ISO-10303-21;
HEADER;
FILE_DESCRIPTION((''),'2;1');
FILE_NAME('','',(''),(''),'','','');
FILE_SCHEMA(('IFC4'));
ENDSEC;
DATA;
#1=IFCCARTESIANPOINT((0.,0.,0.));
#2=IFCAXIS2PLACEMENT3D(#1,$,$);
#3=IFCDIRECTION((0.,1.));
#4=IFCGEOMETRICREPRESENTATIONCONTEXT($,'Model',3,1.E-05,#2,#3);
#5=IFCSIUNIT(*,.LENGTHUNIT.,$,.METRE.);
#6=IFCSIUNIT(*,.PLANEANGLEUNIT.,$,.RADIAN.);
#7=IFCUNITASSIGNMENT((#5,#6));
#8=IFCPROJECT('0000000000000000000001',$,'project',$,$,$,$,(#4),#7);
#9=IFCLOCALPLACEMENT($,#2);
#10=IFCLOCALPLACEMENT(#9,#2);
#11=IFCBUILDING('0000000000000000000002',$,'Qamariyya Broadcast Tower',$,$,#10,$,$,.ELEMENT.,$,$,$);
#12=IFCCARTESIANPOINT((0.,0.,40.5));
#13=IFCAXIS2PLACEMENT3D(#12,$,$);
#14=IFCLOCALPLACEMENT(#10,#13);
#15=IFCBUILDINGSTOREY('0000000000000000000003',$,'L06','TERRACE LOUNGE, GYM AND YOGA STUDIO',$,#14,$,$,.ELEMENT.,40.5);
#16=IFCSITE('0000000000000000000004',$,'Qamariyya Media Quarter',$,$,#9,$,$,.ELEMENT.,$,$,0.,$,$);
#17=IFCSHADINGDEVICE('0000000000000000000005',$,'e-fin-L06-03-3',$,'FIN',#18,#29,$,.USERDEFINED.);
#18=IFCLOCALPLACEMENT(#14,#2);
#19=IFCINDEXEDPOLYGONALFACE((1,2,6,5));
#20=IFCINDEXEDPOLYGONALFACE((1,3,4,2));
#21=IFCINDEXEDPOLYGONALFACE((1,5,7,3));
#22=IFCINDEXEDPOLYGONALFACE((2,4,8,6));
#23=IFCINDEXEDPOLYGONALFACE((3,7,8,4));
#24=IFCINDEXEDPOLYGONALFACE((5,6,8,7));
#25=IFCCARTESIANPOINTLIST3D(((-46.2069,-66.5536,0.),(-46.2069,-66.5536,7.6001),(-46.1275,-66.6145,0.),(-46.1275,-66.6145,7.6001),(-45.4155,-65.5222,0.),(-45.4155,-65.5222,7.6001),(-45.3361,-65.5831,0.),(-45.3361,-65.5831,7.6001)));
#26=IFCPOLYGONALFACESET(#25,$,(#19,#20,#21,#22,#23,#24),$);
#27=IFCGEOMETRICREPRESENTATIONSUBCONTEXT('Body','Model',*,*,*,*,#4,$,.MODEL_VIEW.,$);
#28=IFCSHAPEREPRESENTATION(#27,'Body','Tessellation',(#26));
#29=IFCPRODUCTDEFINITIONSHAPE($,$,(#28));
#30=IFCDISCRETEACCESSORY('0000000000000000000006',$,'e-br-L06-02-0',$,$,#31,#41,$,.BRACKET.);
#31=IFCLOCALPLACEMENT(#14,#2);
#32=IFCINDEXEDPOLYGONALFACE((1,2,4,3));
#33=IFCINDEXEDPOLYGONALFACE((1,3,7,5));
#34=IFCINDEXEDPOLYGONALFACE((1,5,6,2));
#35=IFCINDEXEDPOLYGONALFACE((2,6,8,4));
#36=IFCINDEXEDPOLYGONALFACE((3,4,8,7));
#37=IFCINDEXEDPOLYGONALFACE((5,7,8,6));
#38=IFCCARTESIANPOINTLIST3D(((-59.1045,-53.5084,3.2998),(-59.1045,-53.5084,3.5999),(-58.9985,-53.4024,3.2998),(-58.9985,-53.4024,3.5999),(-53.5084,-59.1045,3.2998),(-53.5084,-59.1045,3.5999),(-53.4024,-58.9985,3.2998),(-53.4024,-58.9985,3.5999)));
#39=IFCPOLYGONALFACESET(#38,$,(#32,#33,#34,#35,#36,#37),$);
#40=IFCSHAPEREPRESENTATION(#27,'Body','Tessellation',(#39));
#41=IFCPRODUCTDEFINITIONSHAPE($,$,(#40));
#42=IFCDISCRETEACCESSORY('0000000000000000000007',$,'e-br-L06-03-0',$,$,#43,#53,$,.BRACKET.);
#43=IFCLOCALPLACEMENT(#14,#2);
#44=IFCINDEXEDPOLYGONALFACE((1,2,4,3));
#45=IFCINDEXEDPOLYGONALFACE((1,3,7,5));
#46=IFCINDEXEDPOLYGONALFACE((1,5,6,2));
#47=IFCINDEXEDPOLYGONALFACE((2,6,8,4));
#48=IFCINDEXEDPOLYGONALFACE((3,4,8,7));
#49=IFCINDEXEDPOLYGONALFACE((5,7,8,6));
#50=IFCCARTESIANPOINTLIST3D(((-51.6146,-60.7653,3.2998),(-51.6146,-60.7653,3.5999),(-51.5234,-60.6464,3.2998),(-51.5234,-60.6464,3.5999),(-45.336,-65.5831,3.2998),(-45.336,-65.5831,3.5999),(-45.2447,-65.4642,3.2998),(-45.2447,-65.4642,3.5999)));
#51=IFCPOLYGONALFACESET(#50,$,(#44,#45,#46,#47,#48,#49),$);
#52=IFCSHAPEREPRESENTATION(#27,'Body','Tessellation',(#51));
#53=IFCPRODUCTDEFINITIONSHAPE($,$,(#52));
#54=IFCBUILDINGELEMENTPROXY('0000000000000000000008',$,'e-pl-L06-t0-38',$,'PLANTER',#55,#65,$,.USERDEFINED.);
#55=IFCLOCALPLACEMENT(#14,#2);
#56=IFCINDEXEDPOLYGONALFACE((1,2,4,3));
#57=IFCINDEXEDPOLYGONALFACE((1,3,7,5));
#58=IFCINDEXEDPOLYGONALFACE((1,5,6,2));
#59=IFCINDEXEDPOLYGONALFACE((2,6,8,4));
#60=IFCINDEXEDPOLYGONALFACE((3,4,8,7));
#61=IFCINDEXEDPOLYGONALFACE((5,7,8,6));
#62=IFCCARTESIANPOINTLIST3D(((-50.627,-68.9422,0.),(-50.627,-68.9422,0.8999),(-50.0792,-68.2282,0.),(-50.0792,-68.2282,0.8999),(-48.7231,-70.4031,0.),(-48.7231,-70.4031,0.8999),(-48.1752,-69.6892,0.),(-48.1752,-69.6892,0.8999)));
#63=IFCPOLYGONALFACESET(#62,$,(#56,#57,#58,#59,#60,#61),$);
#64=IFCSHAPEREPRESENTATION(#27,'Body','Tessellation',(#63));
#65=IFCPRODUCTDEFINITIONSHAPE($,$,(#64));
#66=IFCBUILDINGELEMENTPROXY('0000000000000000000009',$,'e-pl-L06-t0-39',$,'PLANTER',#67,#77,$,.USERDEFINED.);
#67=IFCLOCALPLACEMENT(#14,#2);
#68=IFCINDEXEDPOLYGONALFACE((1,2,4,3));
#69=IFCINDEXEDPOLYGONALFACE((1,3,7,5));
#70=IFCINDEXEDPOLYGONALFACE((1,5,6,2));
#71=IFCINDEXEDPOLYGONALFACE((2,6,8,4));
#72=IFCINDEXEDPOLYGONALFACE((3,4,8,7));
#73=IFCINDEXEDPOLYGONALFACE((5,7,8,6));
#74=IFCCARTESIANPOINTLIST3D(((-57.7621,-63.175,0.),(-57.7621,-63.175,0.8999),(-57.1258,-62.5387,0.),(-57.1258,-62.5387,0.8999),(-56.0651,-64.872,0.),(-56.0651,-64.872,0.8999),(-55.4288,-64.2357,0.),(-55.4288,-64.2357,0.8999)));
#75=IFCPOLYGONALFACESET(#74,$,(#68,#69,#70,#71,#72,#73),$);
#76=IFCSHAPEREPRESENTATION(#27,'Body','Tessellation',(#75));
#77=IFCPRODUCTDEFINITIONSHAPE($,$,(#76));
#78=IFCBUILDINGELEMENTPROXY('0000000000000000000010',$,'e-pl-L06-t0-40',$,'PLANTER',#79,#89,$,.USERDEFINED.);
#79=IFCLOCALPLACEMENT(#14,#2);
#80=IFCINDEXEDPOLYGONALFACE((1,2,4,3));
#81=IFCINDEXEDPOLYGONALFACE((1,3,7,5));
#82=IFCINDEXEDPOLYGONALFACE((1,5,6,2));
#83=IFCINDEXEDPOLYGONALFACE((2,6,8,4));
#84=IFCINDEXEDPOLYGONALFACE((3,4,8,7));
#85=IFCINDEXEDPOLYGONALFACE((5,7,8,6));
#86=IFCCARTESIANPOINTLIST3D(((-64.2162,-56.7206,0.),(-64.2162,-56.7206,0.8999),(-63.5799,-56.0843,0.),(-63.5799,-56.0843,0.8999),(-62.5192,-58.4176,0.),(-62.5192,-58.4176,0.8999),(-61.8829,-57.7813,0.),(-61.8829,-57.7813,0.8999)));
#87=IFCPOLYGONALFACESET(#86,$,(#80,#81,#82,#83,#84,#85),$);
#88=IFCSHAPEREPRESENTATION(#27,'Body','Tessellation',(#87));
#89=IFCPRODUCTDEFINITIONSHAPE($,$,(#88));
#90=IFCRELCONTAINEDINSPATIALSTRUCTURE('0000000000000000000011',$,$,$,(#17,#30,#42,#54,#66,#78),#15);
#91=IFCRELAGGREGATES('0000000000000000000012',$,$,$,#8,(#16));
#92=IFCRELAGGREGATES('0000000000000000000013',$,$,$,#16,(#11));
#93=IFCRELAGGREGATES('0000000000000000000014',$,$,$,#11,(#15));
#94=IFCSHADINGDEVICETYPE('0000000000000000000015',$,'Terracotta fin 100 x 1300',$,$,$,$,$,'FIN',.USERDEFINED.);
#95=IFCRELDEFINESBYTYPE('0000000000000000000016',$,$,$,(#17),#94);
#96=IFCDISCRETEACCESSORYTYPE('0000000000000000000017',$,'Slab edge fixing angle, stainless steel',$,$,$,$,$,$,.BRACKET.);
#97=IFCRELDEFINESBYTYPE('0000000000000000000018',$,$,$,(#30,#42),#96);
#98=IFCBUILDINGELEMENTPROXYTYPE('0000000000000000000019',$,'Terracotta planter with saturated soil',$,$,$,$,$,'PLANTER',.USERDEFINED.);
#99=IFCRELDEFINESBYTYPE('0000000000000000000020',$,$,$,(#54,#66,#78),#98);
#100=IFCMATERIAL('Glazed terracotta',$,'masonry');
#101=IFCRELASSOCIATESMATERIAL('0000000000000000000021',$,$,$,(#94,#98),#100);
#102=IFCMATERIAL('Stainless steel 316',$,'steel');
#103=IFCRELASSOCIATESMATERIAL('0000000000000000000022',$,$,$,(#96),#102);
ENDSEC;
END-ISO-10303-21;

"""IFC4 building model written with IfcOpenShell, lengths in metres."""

from ifc_helpers import new_model, si_unit, direction, frame, origin, origin_2d, place, context, subcontext, project, spatial, rectangle, extrude, material, material_profile, profile_set, type_object, element, save


model = new_model("IFC4")

# Units and contexts
model_context = context("Model", 3, precision=1e-05, world=origin(), true_north=direction((0.0, 1.0)))
body_context = subcontext(model_context, "Body", "Model", "MODEL_VIEW")
ifc_project = project(units=[si_unit("LENGTHUNIT", "METRE"), si_unit("PLANEANGLEUNIT", "RADIAN")], contexts=[model_context])

# Site, building, storey
site_placement = place(None, origin())
site = spatial("IfcSite", under=ifc_project, at=site_placement, Name="Qamariyya Media Quarter", CompositionType="ELEMENT", RefElevation=0.0)
building_placement = place(site_placement, origin())
building = spatial("IfcBuilding", under=site, at=building_placement, Name="Qamariyya Broadcast Tower", CompositionType="ELEMENT")
storey_placement = place(building_placement, frame((0.0, 0.0, 40.5)))
storey = spatial("IfcBuildingStorey", under=building, at=storey_placement, Name="L06", Description="TERRACE LOUNGE, GYM AND YOGA STUDIO", CompositionType="ELEMENT", Elevation=40.5)

# Shading device
ifc_material_1 = material(Name="Glazed terracotta", Category="masonry")
ifc_material_profile_1 = material_profile(ifc_material_1, rectangle(XDim=1.3, YDim=0.1001, at=origin_2d()))
ifc_profile_set_1 = profile_set([ifc_material_profile_1], Name="Glazed terracotta")
shading_device_type_1 = type_object("IfcShadingDeviceType", Name="Terracotta fin 100 x 1300", ElementType="FIN", PredefinedType="USERDEFINED", material=ifc_profile_set_1)
for number, where, z_axis, x_axis, name in (
    (1, (-45.7715, -66.0684, 0.0), (0.0, 0.0, 1.0), (-0.608761, -0.793353, 0.0), "e-fin-L06-03-3"),
):
    element("IfcShadingDevice", number, at=place(storey_placement, frame(where, z_axis=z_axis, x_axis=x_axis)), inside=storey, type_object=shading_device_type_1, Name=name, ObjectType="FIN", PredefinedType="USERDEFINED", context=body_context, shape_type="SweptSolid", body=[
        extrude(rectangle(XDim=1.3, YDim=0.1001, at=origin_2d()), origin(), (0.0, 0.0, 1.0), 7.6001),
    ])

# Discrete accessories
ifc_material_2 = material(Name="Stainless steel 316", Category="steel")
discrete_accessory_type = type_object("IfcDiscreteAccessoryType", Name="Slab edge fixing angle, stainless steel", PredefinedType="BRACKET", material=ifc_material_2)
for number, where, z_axis, x_axis, name in (
    (2, (-56.2534, -56.2534, 3.2998), (0.0, 0.0, 1.0), (0.707107, -0.707107, 0.0), "e-br-L06-02-0"),
    (3, (-48.4297, -63.1147, 3.2998), (0.0, 0.0, 1.0), (0.793353, -0.608761, 0.0), "e-br-L06-03-0"),
):
    element("IfcDiscreteAccessory", number, at=place(storey_placement, frame(where, z_axis=z_axis, x_axis=x_axis)), inside=storey, type_object=discrete_accessory_type, Name=name, PredefinedType="BRACKET", context=body_context, shape_type="SweptSolid", body=[
        extrude(rectangle(XDim=7.9141, YDim=0.1499, at=origin_2d()), origin(), (0.0, 0.0, 1.0), 0.3),
    ])

# Building element proxies
building_element_proxy_type = type_object("IfcBuildingElementProxyType", Name="Terracotta planter with saturated soil", ElementType="PLANTER", PredefinedType="USERDEFINED", material=ifc_material_1)
for number, where, z_axis, x_axis, name in (
    (4, (-49.4011, -69.3157, 0.0), (0.0, 0.0, 1.0), (-0.793353, 0.608761, 0.0), "e-pl-L06-t0-38"),
    (5, (-56.5955, -63.7053, 0.0), (0.0, 0.0, 1.0), (-0.707107, 0.707107, 0.0), "e-pl-L06-t0-39"),
    (6, (-63.0496, -57.251, 0.0), (0.0, 0.0, 1.0), (-0.707107, 0.707107, 0.0), "e-pl-L06-t0-40"),
):
    element("IfcBuildingElementProxy", number, at=place(storey_placement, frame(where, z_axis=z_axis, x_axis=x_axis)), inside=storey, type_object=building_element_proxy_type, Name=name, ObjectType="PLANTER", PredefinedType="USERDEFINED", context=body_context, shape_type="SweptSolid", body=[
        extrude(rectangle(XDim=2.3999, YDim=0.8999, at=origin_2d()), origin(), (0.0, 0.0, 1.0), 0.8999),
    ])

save(model, "model.ifc")
